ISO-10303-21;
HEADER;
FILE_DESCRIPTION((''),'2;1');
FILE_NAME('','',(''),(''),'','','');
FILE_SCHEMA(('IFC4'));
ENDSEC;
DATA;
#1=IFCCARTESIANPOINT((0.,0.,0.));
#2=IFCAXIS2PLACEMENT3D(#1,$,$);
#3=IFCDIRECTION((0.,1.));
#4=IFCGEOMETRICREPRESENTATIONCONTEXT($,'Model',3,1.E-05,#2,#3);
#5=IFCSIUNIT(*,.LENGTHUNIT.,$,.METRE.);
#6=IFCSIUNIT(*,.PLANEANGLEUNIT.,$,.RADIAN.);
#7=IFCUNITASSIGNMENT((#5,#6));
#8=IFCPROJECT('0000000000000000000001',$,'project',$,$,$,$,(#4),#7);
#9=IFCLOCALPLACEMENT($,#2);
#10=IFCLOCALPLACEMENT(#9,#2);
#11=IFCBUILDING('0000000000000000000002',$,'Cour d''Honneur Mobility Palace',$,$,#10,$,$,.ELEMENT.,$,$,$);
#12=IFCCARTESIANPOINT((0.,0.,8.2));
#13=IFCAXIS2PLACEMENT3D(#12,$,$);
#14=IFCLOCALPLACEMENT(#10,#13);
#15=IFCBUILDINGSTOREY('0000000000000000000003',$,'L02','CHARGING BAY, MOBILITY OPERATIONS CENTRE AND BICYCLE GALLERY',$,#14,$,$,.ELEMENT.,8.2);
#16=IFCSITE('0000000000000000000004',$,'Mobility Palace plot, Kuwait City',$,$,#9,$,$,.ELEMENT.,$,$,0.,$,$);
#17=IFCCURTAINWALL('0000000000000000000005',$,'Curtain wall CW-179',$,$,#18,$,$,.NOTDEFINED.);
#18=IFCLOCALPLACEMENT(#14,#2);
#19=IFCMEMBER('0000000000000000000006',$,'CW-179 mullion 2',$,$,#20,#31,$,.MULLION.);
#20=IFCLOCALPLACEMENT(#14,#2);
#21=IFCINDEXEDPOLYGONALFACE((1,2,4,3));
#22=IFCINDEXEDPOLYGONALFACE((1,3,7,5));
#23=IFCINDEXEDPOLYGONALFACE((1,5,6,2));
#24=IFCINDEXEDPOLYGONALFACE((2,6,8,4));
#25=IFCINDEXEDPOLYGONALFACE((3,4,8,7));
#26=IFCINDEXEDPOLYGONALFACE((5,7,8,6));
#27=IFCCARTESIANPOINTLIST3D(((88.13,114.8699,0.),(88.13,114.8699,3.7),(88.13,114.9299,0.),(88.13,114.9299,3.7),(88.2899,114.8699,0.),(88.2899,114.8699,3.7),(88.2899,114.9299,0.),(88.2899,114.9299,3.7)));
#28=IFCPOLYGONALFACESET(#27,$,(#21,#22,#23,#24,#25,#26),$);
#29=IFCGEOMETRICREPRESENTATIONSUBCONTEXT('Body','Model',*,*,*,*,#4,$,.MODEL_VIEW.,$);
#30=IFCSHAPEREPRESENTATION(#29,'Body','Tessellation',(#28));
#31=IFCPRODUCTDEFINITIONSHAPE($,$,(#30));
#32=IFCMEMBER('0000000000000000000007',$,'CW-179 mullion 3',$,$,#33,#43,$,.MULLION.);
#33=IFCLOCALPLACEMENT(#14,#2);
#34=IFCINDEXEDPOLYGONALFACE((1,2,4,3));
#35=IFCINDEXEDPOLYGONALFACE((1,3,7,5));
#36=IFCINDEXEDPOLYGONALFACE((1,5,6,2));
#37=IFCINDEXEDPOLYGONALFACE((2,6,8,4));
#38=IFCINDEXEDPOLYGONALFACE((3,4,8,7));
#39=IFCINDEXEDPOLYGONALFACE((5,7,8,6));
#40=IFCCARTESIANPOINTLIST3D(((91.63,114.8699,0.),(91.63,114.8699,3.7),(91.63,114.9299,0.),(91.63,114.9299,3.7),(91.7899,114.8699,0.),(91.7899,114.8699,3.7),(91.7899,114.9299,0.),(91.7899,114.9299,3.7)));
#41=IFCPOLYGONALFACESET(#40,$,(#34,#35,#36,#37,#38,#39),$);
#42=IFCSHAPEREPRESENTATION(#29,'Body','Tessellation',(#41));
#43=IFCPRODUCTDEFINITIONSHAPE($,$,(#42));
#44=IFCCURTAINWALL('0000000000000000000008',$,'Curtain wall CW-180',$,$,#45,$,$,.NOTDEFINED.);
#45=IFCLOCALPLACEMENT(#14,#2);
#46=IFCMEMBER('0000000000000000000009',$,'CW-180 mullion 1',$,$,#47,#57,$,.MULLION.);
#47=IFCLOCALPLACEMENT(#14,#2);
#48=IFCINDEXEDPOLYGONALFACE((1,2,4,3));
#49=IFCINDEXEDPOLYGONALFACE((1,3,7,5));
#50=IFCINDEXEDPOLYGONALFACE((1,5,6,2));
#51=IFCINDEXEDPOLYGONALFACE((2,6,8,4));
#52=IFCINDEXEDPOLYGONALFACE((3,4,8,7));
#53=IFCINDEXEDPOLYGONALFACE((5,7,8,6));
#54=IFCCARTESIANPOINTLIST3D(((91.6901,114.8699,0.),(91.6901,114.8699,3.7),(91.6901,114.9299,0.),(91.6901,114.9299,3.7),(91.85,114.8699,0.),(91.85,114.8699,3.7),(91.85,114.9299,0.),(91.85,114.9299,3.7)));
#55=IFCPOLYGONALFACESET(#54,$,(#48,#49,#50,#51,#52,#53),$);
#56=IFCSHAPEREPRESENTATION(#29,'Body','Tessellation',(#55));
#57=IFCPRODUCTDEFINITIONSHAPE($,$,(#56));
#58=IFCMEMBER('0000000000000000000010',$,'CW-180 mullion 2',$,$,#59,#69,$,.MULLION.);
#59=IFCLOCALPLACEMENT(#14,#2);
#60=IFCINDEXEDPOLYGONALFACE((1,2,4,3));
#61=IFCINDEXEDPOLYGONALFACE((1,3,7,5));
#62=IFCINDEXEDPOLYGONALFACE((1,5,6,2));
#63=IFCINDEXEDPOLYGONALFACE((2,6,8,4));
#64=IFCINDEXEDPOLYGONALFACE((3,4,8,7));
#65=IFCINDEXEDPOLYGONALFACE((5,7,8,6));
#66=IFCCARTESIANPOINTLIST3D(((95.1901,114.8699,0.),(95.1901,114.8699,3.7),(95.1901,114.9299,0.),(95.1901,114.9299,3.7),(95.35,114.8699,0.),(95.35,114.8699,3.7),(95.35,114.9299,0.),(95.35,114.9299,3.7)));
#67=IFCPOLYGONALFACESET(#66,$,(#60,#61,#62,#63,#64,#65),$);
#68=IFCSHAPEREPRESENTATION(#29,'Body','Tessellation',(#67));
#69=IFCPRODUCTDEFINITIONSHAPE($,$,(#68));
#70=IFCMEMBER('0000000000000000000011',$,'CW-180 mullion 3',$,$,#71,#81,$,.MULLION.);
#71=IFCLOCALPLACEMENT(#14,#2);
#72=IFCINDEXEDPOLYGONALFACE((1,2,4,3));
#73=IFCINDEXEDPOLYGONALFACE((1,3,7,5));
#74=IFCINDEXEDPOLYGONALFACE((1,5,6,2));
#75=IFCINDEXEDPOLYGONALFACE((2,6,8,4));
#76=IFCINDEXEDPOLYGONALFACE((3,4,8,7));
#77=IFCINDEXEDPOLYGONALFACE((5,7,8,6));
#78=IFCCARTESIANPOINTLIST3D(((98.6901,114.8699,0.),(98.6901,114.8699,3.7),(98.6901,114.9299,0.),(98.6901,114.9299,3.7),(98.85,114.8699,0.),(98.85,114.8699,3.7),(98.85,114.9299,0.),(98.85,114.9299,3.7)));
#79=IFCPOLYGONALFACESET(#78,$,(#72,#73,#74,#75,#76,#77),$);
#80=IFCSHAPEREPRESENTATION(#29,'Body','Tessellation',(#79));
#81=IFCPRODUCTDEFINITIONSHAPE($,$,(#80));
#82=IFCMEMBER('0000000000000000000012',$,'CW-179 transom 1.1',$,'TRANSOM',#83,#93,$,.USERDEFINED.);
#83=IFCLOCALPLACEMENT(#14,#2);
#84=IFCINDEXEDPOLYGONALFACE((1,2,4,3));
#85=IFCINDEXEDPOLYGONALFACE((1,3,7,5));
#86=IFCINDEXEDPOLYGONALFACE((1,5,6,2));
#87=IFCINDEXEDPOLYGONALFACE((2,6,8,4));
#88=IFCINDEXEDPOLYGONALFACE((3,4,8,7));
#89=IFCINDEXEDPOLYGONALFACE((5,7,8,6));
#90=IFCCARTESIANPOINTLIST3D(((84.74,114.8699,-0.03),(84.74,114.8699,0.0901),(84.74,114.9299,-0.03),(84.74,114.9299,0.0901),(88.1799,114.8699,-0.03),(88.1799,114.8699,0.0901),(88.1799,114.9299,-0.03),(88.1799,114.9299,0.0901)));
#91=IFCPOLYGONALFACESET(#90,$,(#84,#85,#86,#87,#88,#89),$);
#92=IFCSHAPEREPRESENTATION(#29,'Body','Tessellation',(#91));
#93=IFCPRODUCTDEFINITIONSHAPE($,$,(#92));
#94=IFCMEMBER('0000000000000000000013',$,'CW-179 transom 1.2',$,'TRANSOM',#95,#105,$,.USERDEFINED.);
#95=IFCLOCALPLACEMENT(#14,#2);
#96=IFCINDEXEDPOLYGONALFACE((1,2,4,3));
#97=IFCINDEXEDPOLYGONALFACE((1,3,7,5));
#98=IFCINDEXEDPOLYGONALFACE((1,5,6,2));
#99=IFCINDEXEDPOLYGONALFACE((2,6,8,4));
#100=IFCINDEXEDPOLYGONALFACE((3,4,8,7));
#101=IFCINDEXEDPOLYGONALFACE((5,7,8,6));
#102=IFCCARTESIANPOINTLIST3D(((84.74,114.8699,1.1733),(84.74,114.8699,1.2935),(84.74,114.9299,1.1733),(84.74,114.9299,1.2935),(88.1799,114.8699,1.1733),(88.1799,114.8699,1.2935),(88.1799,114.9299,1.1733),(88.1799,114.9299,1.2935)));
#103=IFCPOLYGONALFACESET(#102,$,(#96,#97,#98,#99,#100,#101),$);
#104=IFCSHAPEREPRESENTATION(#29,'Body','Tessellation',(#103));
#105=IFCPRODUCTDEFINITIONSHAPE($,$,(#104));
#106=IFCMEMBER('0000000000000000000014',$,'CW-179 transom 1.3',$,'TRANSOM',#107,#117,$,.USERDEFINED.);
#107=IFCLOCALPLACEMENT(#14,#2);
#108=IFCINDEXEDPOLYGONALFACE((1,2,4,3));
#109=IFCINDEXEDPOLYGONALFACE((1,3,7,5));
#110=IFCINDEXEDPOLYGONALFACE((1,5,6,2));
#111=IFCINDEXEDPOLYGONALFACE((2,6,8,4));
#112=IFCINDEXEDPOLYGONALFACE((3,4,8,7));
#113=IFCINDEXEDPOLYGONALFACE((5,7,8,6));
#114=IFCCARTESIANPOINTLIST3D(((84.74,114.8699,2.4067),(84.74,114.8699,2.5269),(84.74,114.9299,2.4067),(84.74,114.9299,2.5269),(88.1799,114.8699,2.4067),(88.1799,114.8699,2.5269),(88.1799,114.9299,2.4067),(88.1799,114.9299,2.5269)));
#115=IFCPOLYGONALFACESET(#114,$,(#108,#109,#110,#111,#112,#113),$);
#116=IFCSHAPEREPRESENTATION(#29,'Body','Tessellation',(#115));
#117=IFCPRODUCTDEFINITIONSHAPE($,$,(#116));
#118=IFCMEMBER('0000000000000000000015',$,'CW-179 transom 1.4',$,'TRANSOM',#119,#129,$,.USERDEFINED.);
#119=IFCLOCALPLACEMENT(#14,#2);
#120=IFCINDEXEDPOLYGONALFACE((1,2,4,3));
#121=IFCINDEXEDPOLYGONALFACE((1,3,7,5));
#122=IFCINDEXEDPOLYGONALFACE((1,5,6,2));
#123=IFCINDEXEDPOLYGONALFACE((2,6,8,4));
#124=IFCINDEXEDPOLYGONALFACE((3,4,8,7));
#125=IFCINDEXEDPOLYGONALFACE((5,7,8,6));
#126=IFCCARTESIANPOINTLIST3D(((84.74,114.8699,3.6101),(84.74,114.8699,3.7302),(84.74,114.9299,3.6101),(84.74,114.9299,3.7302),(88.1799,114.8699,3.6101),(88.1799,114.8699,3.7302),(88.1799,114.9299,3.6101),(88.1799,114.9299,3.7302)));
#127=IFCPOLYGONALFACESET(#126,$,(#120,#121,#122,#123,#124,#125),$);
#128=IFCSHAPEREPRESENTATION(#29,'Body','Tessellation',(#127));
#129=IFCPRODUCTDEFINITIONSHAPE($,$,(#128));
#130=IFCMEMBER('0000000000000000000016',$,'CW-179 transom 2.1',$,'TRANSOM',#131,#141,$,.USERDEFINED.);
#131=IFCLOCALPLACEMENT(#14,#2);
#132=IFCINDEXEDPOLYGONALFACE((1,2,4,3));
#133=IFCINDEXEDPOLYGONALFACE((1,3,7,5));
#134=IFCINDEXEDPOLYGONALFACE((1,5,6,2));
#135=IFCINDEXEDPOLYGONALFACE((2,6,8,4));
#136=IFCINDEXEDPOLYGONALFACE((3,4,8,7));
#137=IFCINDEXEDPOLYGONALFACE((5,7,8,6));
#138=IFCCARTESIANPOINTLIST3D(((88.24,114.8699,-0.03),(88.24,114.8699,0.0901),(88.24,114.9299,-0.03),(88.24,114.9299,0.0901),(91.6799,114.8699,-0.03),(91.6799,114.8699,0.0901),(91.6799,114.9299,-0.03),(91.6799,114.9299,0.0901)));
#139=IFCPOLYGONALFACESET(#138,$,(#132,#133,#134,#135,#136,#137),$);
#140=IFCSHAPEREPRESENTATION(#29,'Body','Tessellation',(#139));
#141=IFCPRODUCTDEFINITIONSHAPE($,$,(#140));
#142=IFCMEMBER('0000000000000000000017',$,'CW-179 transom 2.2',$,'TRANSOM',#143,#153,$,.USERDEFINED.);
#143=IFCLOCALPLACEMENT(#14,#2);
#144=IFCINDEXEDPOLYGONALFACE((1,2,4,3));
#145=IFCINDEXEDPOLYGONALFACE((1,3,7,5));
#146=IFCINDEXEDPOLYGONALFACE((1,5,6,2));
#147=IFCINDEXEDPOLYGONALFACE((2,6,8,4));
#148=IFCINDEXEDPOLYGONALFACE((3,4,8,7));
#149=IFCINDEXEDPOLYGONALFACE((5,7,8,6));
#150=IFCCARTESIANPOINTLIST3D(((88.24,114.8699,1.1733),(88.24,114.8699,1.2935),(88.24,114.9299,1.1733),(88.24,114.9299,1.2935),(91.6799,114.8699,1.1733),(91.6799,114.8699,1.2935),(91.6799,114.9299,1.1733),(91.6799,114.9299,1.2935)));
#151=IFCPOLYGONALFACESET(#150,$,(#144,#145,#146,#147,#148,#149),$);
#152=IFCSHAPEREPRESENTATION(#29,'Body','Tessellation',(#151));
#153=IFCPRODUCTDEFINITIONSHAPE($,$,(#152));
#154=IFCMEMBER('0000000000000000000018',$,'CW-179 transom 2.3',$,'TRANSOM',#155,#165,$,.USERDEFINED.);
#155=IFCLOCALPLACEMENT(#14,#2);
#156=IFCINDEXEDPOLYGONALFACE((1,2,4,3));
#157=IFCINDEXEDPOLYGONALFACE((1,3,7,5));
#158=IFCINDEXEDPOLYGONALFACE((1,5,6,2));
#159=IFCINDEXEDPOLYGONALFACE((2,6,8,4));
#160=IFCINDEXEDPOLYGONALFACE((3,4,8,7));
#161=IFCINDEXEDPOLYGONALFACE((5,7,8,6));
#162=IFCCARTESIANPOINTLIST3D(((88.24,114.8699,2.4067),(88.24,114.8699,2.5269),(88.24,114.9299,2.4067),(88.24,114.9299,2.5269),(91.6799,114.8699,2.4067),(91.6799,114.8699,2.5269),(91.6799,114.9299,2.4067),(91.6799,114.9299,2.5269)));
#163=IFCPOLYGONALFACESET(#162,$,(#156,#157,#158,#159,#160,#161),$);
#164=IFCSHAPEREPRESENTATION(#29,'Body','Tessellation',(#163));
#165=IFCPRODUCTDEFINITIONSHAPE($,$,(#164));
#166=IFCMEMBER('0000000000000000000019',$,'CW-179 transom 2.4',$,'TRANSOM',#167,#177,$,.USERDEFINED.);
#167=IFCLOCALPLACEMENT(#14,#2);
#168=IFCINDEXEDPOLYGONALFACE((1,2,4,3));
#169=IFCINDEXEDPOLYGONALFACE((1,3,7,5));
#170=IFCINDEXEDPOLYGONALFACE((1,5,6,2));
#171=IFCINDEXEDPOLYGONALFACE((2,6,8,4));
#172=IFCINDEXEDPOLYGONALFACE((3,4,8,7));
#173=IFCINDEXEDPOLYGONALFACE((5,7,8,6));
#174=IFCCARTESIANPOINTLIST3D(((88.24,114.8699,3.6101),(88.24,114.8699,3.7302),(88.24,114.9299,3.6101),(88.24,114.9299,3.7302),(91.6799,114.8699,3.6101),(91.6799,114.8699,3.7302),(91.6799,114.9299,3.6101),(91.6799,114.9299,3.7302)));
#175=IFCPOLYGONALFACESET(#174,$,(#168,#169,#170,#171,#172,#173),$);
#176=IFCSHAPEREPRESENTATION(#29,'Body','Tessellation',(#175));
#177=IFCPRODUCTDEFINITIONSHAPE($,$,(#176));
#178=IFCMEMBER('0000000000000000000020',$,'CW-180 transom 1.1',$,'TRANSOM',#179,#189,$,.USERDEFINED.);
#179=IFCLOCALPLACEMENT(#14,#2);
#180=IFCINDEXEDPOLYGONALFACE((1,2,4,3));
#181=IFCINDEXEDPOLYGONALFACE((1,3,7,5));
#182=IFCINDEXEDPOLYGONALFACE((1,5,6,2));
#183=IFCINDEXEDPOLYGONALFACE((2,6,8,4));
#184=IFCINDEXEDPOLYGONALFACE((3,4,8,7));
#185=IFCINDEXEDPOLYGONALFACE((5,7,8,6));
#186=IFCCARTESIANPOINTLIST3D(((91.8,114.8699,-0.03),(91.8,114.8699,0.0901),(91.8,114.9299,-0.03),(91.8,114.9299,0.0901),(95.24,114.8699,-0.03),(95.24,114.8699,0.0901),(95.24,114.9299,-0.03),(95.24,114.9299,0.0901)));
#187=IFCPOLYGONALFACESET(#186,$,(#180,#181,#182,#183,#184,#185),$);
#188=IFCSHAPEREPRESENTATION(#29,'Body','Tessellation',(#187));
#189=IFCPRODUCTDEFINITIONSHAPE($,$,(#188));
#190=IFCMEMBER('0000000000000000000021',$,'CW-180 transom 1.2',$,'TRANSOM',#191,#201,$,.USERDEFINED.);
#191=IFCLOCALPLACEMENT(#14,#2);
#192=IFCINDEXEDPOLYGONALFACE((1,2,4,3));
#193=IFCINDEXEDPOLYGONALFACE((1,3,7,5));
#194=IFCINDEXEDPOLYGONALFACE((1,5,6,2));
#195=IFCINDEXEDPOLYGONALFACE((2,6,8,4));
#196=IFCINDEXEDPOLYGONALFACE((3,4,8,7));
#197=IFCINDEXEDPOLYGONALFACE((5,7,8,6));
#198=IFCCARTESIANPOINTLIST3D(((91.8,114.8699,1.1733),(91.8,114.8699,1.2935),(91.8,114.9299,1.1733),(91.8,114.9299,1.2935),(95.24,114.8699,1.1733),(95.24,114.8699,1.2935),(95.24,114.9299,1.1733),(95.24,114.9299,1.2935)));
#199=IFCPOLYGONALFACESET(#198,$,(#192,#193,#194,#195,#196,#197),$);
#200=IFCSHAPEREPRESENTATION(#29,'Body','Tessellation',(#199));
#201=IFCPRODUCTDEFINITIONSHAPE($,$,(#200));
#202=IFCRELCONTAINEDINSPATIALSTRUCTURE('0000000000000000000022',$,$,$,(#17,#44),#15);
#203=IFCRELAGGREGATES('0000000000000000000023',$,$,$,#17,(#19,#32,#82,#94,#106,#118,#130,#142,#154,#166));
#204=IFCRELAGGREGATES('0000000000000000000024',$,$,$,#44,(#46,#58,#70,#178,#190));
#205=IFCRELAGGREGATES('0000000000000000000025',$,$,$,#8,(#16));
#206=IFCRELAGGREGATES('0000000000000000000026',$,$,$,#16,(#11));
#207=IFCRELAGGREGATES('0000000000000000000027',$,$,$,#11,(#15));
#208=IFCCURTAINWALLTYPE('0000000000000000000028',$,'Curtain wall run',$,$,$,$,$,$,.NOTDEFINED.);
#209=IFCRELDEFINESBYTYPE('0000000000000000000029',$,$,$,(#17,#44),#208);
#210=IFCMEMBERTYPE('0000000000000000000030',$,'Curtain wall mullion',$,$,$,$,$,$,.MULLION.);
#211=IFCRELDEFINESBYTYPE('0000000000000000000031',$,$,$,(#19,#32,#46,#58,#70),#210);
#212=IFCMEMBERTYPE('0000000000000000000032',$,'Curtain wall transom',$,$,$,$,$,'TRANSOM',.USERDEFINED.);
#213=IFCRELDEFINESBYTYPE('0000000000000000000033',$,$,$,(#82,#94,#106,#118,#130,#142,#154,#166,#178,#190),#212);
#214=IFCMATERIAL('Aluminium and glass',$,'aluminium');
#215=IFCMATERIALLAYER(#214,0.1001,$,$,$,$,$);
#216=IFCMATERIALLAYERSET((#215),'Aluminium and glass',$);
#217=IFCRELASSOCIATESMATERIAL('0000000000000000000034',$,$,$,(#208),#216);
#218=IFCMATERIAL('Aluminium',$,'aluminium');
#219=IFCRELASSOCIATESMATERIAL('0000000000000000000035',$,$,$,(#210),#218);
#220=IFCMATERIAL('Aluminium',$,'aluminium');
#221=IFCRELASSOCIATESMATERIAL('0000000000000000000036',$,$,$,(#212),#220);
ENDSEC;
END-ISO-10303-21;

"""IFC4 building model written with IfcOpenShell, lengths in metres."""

from ifc_helpers import new_model, si_unit, direction, frame, origin, origin_2d, place, context, subcontext, project, spatial, rectangle, extrude, material, layer, layer_set, material_profile, profile_set, type_object, element, aggregate, save


model = new_model("IFC4")

# Units and contexts
model_context = context("Model", 3, precision=1e-05, world=origin(), true_north=direction((0.0, 1.0)))
body_context = subcontext(model_context, "Body", "Model", "MODEL_VIEW")
ifc_project = project(units=[si_unit("LENGTHUNIT", "METRE"), si_unit("PLANEANGLEUNIT", "RADIAN")], contexts=[model_context])

# Site, building, storey
site_placement = place(None, origin())
site = spatial("IfcSite", under=ifc_project, at=site_placement, Name="Mobility Palace plot, Kuwait City", CompositionType="ELEMENT", RefElevation=0.0)
building_placement = place(site_placement, origin())
building = spatial("IfcBuilding", under=site, at=building_placement, Name="Cour d'Honneur Mobility Palace", CompositionType="ELEMENT")
storey_placement = place(building_placement, frame((0.0, 0.0, 8.2)))
storey = spatial("IfcBuildingStorey", under=building, at=storey_placement, Name="L02", Description="CHARGING BAY, MOBILITY OPERATIONS CENTRE AND BICYCLE GALLERY", CompositionType="ELEMENT", Elevation=8.2)

# Curtain walls, members
ifc_material_1 = material(Name="Aluminium and glass", Category="aluminium")
ifc_layer_1 = layer(ifc_material_1, 0.1001)
ifc_layer_set_1 = layer_set([ifc_layer_1], Name="Aluminium and glass")
curtain_wall_type = type_object("IfcCurtainWallType", Name="Curtain wall run", PredefinedType="NOTDEFINED", material=ifc_layer_set_1)
curtain_wall_1_placement = place(storey_placement, origin())
curtain_wall_1 = element("IfcCurtainWall", 1, at=curtain_wall_1_placement, inside=storey, type_object=curtain_wall_type, Name="Curtain wall CW-179", PredefinedType="NOTDEFINED")
ifc_material_2 = material(Name="Aluminium", Category="aluminium")
ifc_material_profile_1 = material_profile(ifc_material_2, rectangle(XDim=0.0601, YDim=0.1599, at=origin_2d()), Name="Curtain wall mullion")
ifc_profile_set_1 = profile_set([ifc_material_profile_1], Name="Aluminium")
member_type_1 = type_object("IfcMemberType", Name="Curtain wall mullion", PredefinedType="MULLION", material=ifc_profile_set_1)
member_1_placement = place(storey_placement, frame((88.21, 114.8999, 0.0), z_axis=(0.0, 0.0, 1.0), x_axis=(0.0, 1.0, 0.0)))
member_1 = element("IfcMember", 2, at=member_1_placement, type_object=member_type_1, Name="CW-179 mullion 2", PredefinedType="MULLION", context=body_context, shape_type="SweptSolid", body=[
    extrude(rectangle(XDim=0.0601, YDim=0.1599, at=origin_2d()), origin(), (0.0, 0.0, 1.0), 3.7),
])
member_2_placement = place(storey_placement, frame((91.71, 114.8999, 0.0), z_axis=(0.0, 0.0, 1.0), x_axis=(0.0, 1.0, 0.0)))
member_2 = element("IfcMember", 3, at=member_2_placement, type_object=member_type_1, Name="CW-179 mullion 3", PredefinedType="MULLION", context=body_context, shape_type="SweptSolid", body=[
    extrude(rectangle(XDim=0.0601, YDim=0.1599, at=origin_2d()), origin(), (0.0, 0.0, 1.0), 3.7),
])
curtain_wall_2_placement = place(storey_placement, origin())
curtain_wall_2 = element("IfcCurtainWall", 4, at=curtain_wall_2_placement, inside=storey, type_object=curtain_wall_type, Name="Curtain wall CW-180", PredefinedType="NOTDEFINED")
member_3_placement = place(storey_placement, frame((91.77, 114.8999, 0.0), z_axis=(0.0, 0.0, 1.0), x_axis=(0.0, 1.0, 0.0)))
member_3 = element("IfcMember", 5, at=member_3_placement, type_object=member_type_1, Name="CW-180 mullion 1", PredefinedType="MULLION", context=body_context, shape_type="SweptSolid", body=[
    extrude(rectangle(XDim=0.0601, YDim=0.1599, at=origin_2d()), origin(), (0.0, 0.0, 1.0), 3.7),
])
member_4_placement = place(storey_placement, frame((95.27, 114.8999, 0.0), z_axis=(0.0, 0.0, 1.0), x_axis=(0.0, 1.0, 0.0)))
member_4 = element("IfcMember", 6, at=member_4_placement, type_object=member_type_1, Name="CW-180 mullion 2", PredefinedType="MULLION", context=body_context, shape_type="SweptSolid", body=[
    extrude(rectangle(XDim=0.0601, YDim=0.1599, at=origin_2d()), origin(), (0.0, 0.0, 1.0), 3.7),
])
member_5_placement = place(storey_placement, frame((98.77, 114.8999, 0.0), z_axis=(0.0, 0.0, 1.0), x_axis=(0.0, 1.0, 0.0)))
member_5 = element("IfcMember", 7, at=member_5_placement, type_object=member_type_1, Name="CW-180 mullion 3", PredefinedType="MULLION", context=body_context, shape_type="SweptSolid", body=[
    extrude(rectangle(XDim=0.0601, YDim=0.1599, at=origin_2d()), origin(), (0.0, 0.0, 1.0), 3.7),
])

# Members
ifc_material_3 = material(Name="Aluminium", Category="aluminium")
ifc_material_profile_2 = material_profile(ifc_material_3, rectangle(XDim=0.0601, YDim=0.1201, at=origin_2d()), Name="Curtain wall transom")
ifc_profile_set_2 = profile_set([ifc_material_profile_2], Name="Aluminium")
member_type_2 = type_object("IfcMemberType", Name="Curtain wall transom", ElementType="TRANSOM", PredefinedType="USERDEFINED", material=ifc_profile_set_2)
member_6_placement = place(storey_placement, frame((84.74, 114.8999, 0.03), z_axis=(1.0, 0.0, 0.0), x_axis=(0.0, 1.0, 0.0)))
member_6 = element("IfcMember", 8, at=member_6_placement, type_object=member_type_2, Name="CW-179 transom 1.1", ObjectType="TRANSOM", PredefinedType="USERDEFINED", context=body_context, shape_type="SweptSolid", body=[
    extrude(rectangle(XDim=0.0601, YDim=0.1201, at=origin_2d()), origin(), (0.0, 0.0, 1.0), 3.4399),
])
member_7_placement = place(storey_placement, frame((84.74, 114.8999, 1.2334), z_axis=(1.0, 0.0, 0.0), x_axis=(0.0, 1.0, 0.0)))
member_7 = element("IfcMember", 9, at=member_7_placement, type_object=member_type_2, Name="CW-179 transom 1.2", ObjectType="TRANSOM", PredefinedType="USERDEFINED", context=body_context, shape_type="SweptSolid", body=[
    extrude(rectangle(XDim=0.0601, YDim=0.1201, at=origin_2d()), origin(), (0.0, 0.0, 1.0), 3.4399),
])
member_8_placement = place(storey_placement, frame((84.74, 114.8999, 2.4668), z_axis=(1.0, 0.0, 0.0), x_axis=(0.0, 1.0, 0.0)))
member_8 = element("IfcMember", 10, at=member_8_placement, type_object=member_type_2, Name="CW-179 transom 1.3", ObjectType="TRANSOM", PredefinedType="USERDEFINED", context=body_context, shape_type="SweptSolid", body=[
    extrude(rectangle(XDim=0.0601, YDim=0.1201, at=origin_2d()), origin(), (0.0, 0.0, 1.0), 3.4399),
])
member_9_placement = place(storey_placement, frame((84.74, 114.8999, 3.6702), z_axis=(1.0, 0.0, 0.0), x_axis=(0.0, 1.0, 0.0)))
member_9 = element("IfcMember", 11, at=member_9_placement, type_object=member_type_2, Name="CW-179 transom 1.4", ObjectType="TRANSOM", PredefinedType="USERDEFINED", context=body_context, shape_type="SweptSolid", body=[
    extrude(rectangle(XDim=0.0601, YDim=0.1201, at=origin_2d()), origin(), (0.0, 0.0, 1.0), 3.4399),
])
member_10_placement = place(storey_placement, frame((88.24, 114.8999, 0.03), z_axis=(1.0, 0.0, 0.0), x_axis=(0.0, 1.0, 0.0)))
member_10 = element("IfcMember", 12, at=member_10_placement, type_object=member_type_2, Name="CW-179 transom 2.1", ObjectType="TRANSOM", PredefinedType="USERDEFINED", context=body_context, shape_type="SweptSolid", body=[
    extrude(rectangle(XDim=0.0601, YDim=0.1201, at=origin_2d()), origin(), (0.0, 0.0, 1.0), 3.4399),
])
member_11_placement = place(storey_placement, frame((88.24, 114.8999, 1.2334), z_axis=(1.0, 0.0, 0.0), x_axis=(0.0, 1.0, 0.0)))
member_11 = element("IfcMember", 13, at=member_11_placement, type_object=member_type_2, Name="CW-179 transom 2.2", ObjectType="TRANSOM", PredefinedType="USERDEFINED", context=body_context, shape_type="SweptSolid", body=[
    extrude(rectangle(XDim=0.0601, YDim=0.1201, at=origin_2d()), origin(), (0.0, 0.0, 1.0), 3.4399),
])
member_12_placement = place(storey_placement, frame((88.24, 114.8999, 2.4668), z_axis=(1.0, 0.0, 0.0), x_axis=(0.0, 1.0, 0.0)))
member_12 = element("IfcMember", 14, at=member_12_placement, type_object=member_type_2, Name="CW-179 transom 2.3", ObjectType="TRANSOM", PredefinedType="USERDEFINED", context=body_context, shape_type="SweptSolid", body=[
    extrude(rectangle(XDim=0.0601, YDim=0.1201, at=origin_2d()), origin(), (0.0, 0.0, 1.0), 3.4399),
])
member_13_placement = place(storey_placement, frame((88.24, 114.8999, 3.6702), z_axis=(1.0, 0.0, 0.0), x_axis=(0.0, 1.0, 0.0)))
member_13 = element("IfcMember", 15, at=member_13_placement, type_object=member_type_2, Name="CW-179 transom 2.4", ObjectType="TRANSOM", PredefinedType="USERDEFINED", context=body_context, shape_type="SweptSolid", body=[
    extrude(rectangle(XDim=0.0601, YDim=0.1201, at=origin_2d()), origin(), (0.0, 0.0, 1.0), 3.4399),
])
member_14_placement = place(storey_placement, frame((91.8, 114.8999, 0.03), z_axis=(1.0, 0.0, 0.0), x_axis=(0.0, 1.0, 0.0)))
member_14 = element("IfcMember", 16, at=member_14_placement, type_object=member_type_2, Name="CW-180 transom 1.1", ObjectType="TRANSOM", PredefinedType="USERDEFINED", context=body_context, shape_type="SweptSolid", body=[
    extrude(rectangle(XDim=0.0601, YDim=0.1201, at=origin_2d()), origin(), (0.0, 0.0, 1.0), 3.4399),
])
member_15_placement = place(storey_placement, frame((91.8, 114.8999, 1.2334), z_axis=(1.0, 0.0, 0.0), x_axis=(0.0, 1.0, 0.0)))
member_15 = element("IfcMember", 17, at=member_15_placement, type_object=member_type_2, Name="CW-180 transom 1.2", ObjectType="TRANSOM", PredefinedType="USERDEFINED", context=body_context, shape_type="SweptSolid", body=[
    extrude(rectangle(XDim=0.0601, YDim=0.1201, at=origin_2d()), origin(), (0.0, 0.0, 1.0), 3.4399),
])

aggregate(curtain_wall_1, [member_1, member_2, member_6, member_7, member_8, member_9, member_10, member_11, member_12, member_13])
aggregate(curtain_wall_2, [member_3, member_4, member_5, member_14, member_15])

save(model, "model.ifc")
